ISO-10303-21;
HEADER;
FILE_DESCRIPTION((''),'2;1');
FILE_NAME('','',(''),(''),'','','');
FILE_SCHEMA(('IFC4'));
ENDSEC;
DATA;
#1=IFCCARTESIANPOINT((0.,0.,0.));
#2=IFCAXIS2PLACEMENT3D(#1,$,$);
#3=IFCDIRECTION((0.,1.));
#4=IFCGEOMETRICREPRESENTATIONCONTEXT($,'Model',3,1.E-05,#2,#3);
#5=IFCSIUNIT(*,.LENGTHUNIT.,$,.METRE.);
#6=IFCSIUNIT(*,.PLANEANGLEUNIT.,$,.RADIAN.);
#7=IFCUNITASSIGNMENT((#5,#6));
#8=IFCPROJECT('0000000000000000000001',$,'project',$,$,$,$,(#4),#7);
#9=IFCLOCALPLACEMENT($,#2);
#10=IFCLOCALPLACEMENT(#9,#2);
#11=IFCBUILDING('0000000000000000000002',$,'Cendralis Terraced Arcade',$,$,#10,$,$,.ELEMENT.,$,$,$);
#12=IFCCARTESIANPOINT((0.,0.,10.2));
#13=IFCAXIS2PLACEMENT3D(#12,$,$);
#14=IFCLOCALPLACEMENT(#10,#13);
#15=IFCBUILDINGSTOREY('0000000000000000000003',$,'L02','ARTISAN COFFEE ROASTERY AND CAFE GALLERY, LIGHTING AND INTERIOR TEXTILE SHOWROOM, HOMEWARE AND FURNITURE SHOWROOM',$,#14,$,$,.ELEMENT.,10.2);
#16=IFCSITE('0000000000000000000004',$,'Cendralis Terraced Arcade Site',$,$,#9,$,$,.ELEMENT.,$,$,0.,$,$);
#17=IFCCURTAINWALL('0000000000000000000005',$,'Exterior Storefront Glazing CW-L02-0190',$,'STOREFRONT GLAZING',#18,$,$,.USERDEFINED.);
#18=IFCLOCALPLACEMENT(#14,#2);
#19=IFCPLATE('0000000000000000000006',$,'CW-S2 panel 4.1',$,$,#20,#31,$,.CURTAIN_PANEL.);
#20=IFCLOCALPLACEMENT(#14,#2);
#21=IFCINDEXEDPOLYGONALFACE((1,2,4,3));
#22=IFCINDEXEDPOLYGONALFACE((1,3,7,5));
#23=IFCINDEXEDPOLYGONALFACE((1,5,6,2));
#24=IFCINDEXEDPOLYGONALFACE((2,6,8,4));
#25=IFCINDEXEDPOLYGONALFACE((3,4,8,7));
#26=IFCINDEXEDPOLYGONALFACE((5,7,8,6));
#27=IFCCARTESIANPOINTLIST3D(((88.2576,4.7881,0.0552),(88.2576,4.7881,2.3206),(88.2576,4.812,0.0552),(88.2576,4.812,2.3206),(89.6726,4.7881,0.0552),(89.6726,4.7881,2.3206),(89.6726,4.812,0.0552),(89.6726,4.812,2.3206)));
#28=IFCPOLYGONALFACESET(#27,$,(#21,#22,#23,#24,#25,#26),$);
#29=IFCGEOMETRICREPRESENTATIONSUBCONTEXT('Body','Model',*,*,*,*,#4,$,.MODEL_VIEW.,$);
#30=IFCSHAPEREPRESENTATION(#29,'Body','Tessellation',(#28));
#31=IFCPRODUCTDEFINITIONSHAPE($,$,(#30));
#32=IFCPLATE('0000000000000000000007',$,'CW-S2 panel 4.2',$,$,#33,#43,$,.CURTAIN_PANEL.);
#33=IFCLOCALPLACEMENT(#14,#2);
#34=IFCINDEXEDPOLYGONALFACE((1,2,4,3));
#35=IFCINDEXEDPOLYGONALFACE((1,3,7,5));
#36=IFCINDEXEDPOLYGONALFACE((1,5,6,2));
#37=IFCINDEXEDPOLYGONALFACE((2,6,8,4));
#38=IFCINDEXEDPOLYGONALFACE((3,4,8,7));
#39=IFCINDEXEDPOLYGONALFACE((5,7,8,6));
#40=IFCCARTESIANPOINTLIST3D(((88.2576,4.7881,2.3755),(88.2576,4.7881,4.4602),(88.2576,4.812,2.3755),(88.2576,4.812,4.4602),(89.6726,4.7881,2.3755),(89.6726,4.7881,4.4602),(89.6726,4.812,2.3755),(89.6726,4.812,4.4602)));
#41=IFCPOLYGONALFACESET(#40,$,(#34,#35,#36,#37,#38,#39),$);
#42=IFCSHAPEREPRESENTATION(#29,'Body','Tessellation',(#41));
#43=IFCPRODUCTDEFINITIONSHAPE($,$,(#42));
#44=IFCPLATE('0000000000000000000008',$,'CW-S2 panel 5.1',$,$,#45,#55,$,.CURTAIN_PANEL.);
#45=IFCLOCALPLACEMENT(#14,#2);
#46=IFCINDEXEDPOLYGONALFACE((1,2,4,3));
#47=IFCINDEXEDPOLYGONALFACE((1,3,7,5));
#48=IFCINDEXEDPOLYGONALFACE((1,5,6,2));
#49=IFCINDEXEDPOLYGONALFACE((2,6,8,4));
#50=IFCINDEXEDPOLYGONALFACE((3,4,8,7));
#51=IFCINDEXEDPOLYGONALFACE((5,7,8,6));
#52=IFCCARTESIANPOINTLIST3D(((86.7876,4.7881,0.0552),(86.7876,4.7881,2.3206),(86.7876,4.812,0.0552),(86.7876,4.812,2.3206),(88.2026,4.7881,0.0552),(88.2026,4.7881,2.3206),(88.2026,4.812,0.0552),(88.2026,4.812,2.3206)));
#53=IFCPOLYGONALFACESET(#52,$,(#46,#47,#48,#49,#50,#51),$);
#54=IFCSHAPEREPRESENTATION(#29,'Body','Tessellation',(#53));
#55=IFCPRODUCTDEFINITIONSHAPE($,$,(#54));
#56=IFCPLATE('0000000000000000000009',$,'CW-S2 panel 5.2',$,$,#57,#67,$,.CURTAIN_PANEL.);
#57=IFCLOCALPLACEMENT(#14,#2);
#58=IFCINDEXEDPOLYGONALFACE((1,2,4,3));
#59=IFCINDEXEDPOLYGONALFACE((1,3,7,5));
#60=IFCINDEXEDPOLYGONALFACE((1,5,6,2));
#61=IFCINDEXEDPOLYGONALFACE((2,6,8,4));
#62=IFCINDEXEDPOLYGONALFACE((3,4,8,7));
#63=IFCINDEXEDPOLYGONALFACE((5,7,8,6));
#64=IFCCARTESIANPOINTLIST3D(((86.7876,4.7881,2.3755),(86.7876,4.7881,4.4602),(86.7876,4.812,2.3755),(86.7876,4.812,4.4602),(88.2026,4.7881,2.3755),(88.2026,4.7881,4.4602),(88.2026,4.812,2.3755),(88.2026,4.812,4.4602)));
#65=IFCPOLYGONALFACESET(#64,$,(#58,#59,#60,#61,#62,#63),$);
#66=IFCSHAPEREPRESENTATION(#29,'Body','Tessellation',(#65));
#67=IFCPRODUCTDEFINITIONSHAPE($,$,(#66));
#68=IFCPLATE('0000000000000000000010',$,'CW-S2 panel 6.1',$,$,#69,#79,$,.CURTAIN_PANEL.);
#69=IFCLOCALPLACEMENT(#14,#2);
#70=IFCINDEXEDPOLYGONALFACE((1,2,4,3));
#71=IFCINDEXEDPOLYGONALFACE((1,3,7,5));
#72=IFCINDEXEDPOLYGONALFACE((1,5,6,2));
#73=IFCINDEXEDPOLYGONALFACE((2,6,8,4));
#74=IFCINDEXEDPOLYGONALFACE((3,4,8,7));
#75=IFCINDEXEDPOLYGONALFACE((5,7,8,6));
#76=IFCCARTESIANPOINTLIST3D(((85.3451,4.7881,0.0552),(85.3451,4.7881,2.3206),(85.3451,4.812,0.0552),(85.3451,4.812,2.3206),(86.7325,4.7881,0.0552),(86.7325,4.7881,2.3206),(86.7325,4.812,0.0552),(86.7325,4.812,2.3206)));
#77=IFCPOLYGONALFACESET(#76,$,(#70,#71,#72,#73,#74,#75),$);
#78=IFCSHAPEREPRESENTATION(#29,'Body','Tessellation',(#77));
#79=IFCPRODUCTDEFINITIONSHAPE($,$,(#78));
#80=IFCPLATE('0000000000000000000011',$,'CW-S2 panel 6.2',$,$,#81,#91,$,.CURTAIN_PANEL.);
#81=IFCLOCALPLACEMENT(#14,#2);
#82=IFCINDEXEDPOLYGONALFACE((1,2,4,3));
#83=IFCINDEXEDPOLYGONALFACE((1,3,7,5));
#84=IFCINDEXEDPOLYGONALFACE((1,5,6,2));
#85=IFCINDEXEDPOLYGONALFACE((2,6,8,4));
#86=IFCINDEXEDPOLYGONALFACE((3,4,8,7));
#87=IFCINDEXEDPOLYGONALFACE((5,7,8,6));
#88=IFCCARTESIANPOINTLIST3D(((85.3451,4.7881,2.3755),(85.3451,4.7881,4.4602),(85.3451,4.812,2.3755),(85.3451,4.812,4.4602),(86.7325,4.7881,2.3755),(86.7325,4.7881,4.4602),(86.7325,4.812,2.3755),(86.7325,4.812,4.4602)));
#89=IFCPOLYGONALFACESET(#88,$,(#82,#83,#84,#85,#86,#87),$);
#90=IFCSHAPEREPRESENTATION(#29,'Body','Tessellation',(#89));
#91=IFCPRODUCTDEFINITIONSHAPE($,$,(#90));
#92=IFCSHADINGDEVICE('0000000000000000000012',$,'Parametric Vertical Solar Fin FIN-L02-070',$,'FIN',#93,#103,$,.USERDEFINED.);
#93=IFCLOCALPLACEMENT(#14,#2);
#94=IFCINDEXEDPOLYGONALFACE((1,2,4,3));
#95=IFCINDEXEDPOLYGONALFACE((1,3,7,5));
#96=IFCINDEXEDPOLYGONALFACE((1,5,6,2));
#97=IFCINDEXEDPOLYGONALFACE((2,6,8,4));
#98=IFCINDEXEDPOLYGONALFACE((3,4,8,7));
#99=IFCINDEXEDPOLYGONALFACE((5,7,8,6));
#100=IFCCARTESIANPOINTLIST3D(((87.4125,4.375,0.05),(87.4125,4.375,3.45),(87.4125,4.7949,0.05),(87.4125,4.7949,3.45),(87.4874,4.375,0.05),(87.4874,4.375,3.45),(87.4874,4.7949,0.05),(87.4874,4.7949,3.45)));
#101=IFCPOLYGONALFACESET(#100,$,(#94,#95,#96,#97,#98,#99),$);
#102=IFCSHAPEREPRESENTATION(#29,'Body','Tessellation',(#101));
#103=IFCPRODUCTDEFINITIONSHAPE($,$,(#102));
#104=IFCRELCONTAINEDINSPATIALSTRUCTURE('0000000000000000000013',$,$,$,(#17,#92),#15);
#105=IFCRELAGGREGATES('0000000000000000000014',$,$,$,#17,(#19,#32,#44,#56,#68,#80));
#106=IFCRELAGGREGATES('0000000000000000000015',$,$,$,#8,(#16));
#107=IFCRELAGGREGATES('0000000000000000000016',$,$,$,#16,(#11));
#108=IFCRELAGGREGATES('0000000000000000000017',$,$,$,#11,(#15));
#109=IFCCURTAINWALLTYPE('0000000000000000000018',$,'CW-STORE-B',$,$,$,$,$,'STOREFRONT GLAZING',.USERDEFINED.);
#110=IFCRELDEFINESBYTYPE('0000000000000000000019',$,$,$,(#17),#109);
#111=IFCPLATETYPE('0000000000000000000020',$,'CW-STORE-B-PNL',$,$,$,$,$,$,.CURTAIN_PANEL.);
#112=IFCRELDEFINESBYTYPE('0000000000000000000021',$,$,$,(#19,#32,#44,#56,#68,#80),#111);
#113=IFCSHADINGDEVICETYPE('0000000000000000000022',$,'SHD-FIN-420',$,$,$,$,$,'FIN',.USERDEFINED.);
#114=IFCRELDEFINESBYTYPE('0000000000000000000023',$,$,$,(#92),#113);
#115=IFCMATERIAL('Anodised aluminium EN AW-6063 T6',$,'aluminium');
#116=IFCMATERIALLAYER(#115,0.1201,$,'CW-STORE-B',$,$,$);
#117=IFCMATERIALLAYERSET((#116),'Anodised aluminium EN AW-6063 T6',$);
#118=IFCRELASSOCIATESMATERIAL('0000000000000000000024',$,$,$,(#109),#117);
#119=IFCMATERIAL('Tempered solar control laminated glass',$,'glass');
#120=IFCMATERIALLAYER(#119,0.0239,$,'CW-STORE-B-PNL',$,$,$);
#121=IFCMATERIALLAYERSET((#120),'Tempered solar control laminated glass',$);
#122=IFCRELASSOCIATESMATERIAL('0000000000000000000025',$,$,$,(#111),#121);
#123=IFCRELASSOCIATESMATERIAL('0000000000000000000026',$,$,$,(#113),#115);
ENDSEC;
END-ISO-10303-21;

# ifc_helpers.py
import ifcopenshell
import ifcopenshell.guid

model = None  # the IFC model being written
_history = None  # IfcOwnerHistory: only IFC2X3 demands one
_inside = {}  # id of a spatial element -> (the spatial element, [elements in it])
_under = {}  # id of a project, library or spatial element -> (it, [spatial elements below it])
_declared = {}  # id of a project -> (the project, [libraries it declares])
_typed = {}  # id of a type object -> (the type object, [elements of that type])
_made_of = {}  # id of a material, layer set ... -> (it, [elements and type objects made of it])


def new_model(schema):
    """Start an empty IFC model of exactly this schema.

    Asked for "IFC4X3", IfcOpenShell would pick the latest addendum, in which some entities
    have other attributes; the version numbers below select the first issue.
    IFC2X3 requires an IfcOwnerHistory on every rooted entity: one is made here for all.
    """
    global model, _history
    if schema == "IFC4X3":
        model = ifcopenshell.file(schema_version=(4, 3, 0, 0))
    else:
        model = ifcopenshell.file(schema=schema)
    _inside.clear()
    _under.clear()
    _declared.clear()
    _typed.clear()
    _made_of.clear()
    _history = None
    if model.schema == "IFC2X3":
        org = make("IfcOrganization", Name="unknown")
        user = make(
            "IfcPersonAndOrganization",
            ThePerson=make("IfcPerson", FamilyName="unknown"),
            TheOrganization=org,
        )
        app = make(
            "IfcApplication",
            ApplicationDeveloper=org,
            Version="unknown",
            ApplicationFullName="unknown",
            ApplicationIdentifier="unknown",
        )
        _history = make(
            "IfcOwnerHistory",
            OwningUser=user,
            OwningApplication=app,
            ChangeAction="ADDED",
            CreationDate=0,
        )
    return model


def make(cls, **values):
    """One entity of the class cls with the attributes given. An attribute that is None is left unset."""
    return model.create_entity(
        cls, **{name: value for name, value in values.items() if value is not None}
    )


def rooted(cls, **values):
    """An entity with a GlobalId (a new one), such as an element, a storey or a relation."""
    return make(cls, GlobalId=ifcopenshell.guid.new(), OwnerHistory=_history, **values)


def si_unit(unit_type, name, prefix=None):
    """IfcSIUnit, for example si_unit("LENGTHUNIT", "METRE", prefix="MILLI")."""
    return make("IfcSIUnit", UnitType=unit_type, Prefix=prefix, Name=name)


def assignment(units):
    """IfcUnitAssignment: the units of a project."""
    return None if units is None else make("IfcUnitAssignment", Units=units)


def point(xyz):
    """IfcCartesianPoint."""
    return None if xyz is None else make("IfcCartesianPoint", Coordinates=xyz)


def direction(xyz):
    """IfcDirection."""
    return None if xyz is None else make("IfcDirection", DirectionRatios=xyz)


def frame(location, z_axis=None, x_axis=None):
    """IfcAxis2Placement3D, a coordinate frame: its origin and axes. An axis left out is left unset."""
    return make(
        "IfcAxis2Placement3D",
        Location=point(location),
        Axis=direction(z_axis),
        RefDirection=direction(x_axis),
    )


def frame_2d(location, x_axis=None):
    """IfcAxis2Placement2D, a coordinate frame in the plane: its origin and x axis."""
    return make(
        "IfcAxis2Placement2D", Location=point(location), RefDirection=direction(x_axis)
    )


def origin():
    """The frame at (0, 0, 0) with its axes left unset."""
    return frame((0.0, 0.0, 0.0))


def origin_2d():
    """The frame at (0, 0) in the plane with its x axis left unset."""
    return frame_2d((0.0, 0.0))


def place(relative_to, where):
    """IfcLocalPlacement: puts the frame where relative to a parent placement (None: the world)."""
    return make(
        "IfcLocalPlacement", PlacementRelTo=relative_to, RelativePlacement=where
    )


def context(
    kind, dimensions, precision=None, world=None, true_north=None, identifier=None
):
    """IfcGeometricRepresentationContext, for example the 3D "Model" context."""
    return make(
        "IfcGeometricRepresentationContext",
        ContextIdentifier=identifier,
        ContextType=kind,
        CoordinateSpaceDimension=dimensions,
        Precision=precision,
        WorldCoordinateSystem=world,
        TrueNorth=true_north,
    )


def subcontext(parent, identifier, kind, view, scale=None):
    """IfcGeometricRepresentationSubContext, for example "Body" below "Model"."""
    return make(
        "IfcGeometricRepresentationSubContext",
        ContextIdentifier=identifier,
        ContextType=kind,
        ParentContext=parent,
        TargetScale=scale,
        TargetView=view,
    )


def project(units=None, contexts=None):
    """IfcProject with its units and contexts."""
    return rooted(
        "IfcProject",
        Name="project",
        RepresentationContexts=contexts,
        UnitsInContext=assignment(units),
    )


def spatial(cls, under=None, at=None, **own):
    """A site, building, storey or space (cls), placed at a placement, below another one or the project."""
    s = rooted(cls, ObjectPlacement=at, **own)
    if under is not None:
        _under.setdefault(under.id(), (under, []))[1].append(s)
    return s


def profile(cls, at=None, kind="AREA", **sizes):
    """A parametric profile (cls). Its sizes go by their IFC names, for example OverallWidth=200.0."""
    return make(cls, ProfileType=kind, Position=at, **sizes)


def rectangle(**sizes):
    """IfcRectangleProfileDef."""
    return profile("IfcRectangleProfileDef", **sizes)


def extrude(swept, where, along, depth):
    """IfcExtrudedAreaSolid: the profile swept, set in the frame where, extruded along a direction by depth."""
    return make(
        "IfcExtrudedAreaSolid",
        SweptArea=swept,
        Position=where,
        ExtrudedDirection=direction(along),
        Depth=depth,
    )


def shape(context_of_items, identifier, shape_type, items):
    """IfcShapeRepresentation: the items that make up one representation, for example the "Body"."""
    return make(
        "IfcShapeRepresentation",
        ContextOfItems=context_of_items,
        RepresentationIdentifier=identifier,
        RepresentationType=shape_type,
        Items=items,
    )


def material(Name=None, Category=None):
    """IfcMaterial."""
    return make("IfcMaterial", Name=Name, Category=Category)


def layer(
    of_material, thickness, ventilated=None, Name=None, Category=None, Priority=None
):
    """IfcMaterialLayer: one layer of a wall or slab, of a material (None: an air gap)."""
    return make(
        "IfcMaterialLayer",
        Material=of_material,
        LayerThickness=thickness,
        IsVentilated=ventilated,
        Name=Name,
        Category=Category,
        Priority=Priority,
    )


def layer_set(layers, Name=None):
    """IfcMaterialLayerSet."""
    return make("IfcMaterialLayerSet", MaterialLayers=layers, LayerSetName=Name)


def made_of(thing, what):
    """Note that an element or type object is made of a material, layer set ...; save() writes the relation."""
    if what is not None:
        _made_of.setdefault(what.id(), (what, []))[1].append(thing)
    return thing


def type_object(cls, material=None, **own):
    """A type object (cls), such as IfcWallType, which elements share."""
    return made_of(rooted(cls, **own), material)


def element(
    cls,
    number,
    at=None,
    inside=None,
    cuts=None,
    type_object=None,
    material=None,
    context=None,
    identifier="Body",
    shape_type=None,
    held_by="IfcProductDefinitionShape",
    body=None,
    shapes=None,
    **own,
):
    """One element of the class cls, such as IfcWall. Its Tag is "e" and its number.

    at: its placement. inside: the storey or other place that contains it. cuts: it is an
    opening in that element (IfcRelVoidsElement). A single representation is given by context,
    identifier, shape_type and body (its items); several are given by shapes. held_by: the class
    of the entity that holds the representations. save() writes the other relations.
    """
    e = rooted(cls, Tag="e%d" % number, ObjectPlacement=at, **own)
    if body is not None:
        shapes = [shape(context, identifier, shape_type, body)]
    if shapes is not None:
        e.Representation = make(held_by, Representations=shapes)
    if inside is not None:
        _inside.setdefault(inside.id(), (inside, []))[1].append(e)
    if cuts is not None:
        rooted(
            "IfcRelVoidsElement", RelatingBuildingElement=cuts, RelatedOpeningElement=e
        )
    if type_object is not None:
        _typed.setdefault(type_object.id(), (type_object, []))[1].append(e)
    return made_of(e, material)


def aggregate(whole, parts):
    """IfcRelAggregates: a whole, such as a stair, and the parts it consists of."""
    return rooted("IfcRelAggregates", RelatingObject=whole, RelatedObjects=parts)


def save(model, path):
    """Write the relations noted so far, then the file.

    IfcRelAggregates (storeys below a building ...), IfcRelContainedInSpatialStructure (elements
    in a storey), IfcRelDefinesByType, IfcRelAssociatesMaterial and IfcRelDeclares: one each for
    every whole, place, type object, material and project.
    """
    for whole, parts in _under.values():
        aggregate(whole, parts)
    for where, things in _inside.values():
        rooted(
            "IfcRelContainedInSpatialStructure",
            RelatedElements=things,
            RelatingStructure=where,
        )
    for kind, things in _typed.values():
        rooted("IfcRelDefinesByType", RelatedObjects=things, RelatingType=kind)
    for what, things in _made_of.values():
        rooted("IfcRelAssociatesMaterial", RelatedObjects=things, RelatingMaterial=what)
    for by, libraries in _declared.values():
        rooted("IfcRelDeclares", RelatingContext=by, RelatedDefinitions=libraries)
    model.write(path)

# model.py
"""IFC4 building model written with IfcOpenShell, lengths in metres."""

from ifc_helpers import new_model, si_unit, direction, frame, origin, origin_2d, place, context, subcontext, project, spatial, rectangle, extrude, material, layer, layer_set, type_object, element, aggregate, save


model = new_model("IFC4")

# Units and contexts
model_context = context("Model", 3, precision=1e-05, world=origin(), true_north=direction((0.0, 1.0)))
body_context = subcontext(model_context, "Body", "Model", "MODEL_VIEW")
ifc_project = project(units=[si_unit("LENGTHUNIT", "METRE"), si_unit("PLANEANGLEUNIT", "RADIAN")], contexts=[model_context])

# Site, building, storey
site_placement = place(None, origin())
site = spatial("IfcSite", under=ifc_project, at=site_placement, Name="Cendralis Terraced Arcade Site", CompositionType="ELEMENT", RefElevation=0.0)
building_placement = place(site_placement, origin())
building = spatial("IfcBuilding", under=site, at=building_placement, Name="Cendralis Terraced Arcade", CompositionType="ELEMENT")
storey_placement = place(building_placement, frame((0.0, 0.0, 10.2)))
storey = spatial("IfcBuildingStorey", under=building, at=storey_placement, Name="L02", Description="ARTISAN COFFEE ROASTERY AND CAFE GALLERY, LIGHTING AND INTERIOR TEXTILE SHOWROOM, HOMEWARE AND FURNITURE SHOWROOM", CompositionType="ELEMENT", Elevation=10.2)

# Curtain wall, plates
ifc_material_1 = material(Name="Anodised aluminium EN AW-6063 T6", Category="aluminium")
ifc_layer_1 = layer(ifc_material_1, 0.1201, Name="CW-STORE-B")
ifc_layer_set_1 = layer_set([ifc_layer_1], Name="Anodised aluminium EN AW-6063 T6")
curtain_wall_type = type_object("IfcCurtainWallType", Name="CW-STORE-B", ElementType="STOREFRONT GLAZING", PredefinedType="USERDEFINED", material=ifc_layer_set_1)
curtain_wall_placement = place(storey_placement, origin())
curtain_wall = element("IfcCurtainWall", 1, at=curtain_wall_placement, inside=storey, type_object=curtain_wall_type, Name="Exterior Storefront Glazing CW-L02-0190", ObjectType="STOREFRONT GLAZING", PredefinedType="USERDEFINED")
ifc_material_2 = material(Name="Tempered solar control laminated glass", Category="glass")
ifc_layer_2 = layer(ifc_material_2, 0.0239, Name="CW-STORE-B-PNL")
ifc_layer_set_2 = layer_set([ifc_layer_2], Name="Tempered solar control laminated glass")
plate_type = type_object("IfcPlateType", Name="CW-STORE-B-PNL", PredefinedType="CURTAIN_PANEL", material=ifc_layer_set_2)
plate_1_placement = place(storey_placement, frame((88.9651, 4.8, 0.0552), z_axis=(0.0, 0.0, 1.0), x_axis=(-1.0, 0.0, 0.0)))
plate_1 = element("IfcPlate", 2, at=plate_1_placement, type_object=plate_type, Name="CW-S2 panel 4.1", PredefinedType="CURTAIN_PANEL", context=body_context, shape_type="SweptSolid", body=[
    extrude(rectangle(XDim=1.415, YDim=0.0239, at=origin_2d()), origin(), (0.0, 0.0, 1.0), 2.2654),
])
plate_2_placement = place(storey_placement, frame((88.9651, 4.8, 2.3755), z_axis=(0.0, 0.0, 1.0), x_axis=(-1.0, 0.0, 0.0)))
plate_2 = element("IfcPlate", 3, at=plate_2_placement, type_object=plate_type, Name="CW-S2 panel 4.2", PredefinedType="CURTAIN_PANEL", context=body_context, shape_type="SweptSolid", body=[
    extrude(rectangle(XDim=1.415, YDim=0.0239, at=origin_2d()), origin(), (0.0, 0.0, 1.0), 2.0847),
])
plate_3_placement = place(storey_placement, frame((87.4951, 4.8, 0.0552), z_axis=(0.0, 0.0, 1.0), x_axis=(-1.0, 0.0, 0.0)))
plate_3 = element("IfcPlate", 4, at=plate_3_placement, type_object=plate_type, Name="CW-S2 panel 5.1", PredefinedType="CURTAIN_PANEL", context=body_context, shape_type="SweptSolid", body=[
    extrude(rectangle(XDim=1.415, YDim=0.0239, at=origin_2d()), origin(), (0.0, 0.0, 1.0), 2.2654),
])
plate_4_placement = place(storey_placement, frame((87.4951, 4.8, 2.3755), z_axis=(0.0, 0.0, 1.0), x_axis=(-1.0, 0.0, 0.0)))
plate_4 = element("IfcPlate", 5, at=plate_4_placement, type_object=plate_type, Name="CW-S2 panel 5.2", PredefinedType="CURTAIN_PANEL", context=body_context, shape_type="SweptSolid", body=[
    extrude(rectangle(XDim=1.415, YDim=0.0239, at=origin_2d()), origin(), (0.0, 0.0, 1.0), 2.0847),
])
plate_5_placement = place(storey_placement, frame((86.0388, 4.8, 0.0552), z_axis=(0.0, 0.0, 1.0), x_axis=(-1.0, 0.0, 0.0)))
plate_5 = element("IfcPlate", 6, at=plate_5_placement, type_object=plate_type, Name="CW-S2 panel 6.1", PredefinedType="CURTAIN_PANEL", context=body_context, shape_type="SweptSolid", body=[
    extrude(rectangle(XDim=1.3875, YDim=0.0239, at=origin_2d()), origin(), (0.0, 0.0, 1.0), 2.2654),
])
plate_6_placement = place(storey_placement, frame((86.0388, 4.8, 2.3755), z_axis=(0.0, 0.0, 1.0), x_axis=(-1.0, 0.0, 0.0)))
plate_6 = element("IfcPlate", 7, at=plate_6_placement, type_object=plate_type, Name="CW-S2 panel 6.2", PredefinedType="CURTAIN_PANEL", context=body_context, shape_type="SweptSolid", body=[
    extrude(rectangle(XDim=1.3875, YDim=0.0239, at=origin_2d()), origin(), (0.0, 0.0, 1.0), 2.0847),
])
aggregate(curtain_wall, [plate_1, plate_2, plate_3, plate_4, plate_5, plate_6])

# Shading device
shading_device_type = type_object("IfcShadingDeviceType", Name="SHD-FIN-420", ElementType="FIN", PredefinedType="USERDEFINED", material=ifc_material_1)
shading_device_placement = place(storey_placement, frame((87.45, 4.585, 0.05), z_axis=(0.0, 0.0, 1.0), x_axis=(-1.0, 0.0, 0.0)))
element("IfcShadingDevice", 8, at=shading_device_placement, inside=storey, type_object=shading_device_type, Name="Parametric Vertical Solar Fin FIN-L02-070", ObjectType="FIN", PredefinedType="USERDEFINED", context=body_context, shape_type="SweptSolid", body=[
    extrude(rectangle(XDim=0.075, YDim=0.4199, at=origin_2d()), origin(), (0.0, 0.0, 1.0), 3.3999),
])

save(model, "model.ifc")
